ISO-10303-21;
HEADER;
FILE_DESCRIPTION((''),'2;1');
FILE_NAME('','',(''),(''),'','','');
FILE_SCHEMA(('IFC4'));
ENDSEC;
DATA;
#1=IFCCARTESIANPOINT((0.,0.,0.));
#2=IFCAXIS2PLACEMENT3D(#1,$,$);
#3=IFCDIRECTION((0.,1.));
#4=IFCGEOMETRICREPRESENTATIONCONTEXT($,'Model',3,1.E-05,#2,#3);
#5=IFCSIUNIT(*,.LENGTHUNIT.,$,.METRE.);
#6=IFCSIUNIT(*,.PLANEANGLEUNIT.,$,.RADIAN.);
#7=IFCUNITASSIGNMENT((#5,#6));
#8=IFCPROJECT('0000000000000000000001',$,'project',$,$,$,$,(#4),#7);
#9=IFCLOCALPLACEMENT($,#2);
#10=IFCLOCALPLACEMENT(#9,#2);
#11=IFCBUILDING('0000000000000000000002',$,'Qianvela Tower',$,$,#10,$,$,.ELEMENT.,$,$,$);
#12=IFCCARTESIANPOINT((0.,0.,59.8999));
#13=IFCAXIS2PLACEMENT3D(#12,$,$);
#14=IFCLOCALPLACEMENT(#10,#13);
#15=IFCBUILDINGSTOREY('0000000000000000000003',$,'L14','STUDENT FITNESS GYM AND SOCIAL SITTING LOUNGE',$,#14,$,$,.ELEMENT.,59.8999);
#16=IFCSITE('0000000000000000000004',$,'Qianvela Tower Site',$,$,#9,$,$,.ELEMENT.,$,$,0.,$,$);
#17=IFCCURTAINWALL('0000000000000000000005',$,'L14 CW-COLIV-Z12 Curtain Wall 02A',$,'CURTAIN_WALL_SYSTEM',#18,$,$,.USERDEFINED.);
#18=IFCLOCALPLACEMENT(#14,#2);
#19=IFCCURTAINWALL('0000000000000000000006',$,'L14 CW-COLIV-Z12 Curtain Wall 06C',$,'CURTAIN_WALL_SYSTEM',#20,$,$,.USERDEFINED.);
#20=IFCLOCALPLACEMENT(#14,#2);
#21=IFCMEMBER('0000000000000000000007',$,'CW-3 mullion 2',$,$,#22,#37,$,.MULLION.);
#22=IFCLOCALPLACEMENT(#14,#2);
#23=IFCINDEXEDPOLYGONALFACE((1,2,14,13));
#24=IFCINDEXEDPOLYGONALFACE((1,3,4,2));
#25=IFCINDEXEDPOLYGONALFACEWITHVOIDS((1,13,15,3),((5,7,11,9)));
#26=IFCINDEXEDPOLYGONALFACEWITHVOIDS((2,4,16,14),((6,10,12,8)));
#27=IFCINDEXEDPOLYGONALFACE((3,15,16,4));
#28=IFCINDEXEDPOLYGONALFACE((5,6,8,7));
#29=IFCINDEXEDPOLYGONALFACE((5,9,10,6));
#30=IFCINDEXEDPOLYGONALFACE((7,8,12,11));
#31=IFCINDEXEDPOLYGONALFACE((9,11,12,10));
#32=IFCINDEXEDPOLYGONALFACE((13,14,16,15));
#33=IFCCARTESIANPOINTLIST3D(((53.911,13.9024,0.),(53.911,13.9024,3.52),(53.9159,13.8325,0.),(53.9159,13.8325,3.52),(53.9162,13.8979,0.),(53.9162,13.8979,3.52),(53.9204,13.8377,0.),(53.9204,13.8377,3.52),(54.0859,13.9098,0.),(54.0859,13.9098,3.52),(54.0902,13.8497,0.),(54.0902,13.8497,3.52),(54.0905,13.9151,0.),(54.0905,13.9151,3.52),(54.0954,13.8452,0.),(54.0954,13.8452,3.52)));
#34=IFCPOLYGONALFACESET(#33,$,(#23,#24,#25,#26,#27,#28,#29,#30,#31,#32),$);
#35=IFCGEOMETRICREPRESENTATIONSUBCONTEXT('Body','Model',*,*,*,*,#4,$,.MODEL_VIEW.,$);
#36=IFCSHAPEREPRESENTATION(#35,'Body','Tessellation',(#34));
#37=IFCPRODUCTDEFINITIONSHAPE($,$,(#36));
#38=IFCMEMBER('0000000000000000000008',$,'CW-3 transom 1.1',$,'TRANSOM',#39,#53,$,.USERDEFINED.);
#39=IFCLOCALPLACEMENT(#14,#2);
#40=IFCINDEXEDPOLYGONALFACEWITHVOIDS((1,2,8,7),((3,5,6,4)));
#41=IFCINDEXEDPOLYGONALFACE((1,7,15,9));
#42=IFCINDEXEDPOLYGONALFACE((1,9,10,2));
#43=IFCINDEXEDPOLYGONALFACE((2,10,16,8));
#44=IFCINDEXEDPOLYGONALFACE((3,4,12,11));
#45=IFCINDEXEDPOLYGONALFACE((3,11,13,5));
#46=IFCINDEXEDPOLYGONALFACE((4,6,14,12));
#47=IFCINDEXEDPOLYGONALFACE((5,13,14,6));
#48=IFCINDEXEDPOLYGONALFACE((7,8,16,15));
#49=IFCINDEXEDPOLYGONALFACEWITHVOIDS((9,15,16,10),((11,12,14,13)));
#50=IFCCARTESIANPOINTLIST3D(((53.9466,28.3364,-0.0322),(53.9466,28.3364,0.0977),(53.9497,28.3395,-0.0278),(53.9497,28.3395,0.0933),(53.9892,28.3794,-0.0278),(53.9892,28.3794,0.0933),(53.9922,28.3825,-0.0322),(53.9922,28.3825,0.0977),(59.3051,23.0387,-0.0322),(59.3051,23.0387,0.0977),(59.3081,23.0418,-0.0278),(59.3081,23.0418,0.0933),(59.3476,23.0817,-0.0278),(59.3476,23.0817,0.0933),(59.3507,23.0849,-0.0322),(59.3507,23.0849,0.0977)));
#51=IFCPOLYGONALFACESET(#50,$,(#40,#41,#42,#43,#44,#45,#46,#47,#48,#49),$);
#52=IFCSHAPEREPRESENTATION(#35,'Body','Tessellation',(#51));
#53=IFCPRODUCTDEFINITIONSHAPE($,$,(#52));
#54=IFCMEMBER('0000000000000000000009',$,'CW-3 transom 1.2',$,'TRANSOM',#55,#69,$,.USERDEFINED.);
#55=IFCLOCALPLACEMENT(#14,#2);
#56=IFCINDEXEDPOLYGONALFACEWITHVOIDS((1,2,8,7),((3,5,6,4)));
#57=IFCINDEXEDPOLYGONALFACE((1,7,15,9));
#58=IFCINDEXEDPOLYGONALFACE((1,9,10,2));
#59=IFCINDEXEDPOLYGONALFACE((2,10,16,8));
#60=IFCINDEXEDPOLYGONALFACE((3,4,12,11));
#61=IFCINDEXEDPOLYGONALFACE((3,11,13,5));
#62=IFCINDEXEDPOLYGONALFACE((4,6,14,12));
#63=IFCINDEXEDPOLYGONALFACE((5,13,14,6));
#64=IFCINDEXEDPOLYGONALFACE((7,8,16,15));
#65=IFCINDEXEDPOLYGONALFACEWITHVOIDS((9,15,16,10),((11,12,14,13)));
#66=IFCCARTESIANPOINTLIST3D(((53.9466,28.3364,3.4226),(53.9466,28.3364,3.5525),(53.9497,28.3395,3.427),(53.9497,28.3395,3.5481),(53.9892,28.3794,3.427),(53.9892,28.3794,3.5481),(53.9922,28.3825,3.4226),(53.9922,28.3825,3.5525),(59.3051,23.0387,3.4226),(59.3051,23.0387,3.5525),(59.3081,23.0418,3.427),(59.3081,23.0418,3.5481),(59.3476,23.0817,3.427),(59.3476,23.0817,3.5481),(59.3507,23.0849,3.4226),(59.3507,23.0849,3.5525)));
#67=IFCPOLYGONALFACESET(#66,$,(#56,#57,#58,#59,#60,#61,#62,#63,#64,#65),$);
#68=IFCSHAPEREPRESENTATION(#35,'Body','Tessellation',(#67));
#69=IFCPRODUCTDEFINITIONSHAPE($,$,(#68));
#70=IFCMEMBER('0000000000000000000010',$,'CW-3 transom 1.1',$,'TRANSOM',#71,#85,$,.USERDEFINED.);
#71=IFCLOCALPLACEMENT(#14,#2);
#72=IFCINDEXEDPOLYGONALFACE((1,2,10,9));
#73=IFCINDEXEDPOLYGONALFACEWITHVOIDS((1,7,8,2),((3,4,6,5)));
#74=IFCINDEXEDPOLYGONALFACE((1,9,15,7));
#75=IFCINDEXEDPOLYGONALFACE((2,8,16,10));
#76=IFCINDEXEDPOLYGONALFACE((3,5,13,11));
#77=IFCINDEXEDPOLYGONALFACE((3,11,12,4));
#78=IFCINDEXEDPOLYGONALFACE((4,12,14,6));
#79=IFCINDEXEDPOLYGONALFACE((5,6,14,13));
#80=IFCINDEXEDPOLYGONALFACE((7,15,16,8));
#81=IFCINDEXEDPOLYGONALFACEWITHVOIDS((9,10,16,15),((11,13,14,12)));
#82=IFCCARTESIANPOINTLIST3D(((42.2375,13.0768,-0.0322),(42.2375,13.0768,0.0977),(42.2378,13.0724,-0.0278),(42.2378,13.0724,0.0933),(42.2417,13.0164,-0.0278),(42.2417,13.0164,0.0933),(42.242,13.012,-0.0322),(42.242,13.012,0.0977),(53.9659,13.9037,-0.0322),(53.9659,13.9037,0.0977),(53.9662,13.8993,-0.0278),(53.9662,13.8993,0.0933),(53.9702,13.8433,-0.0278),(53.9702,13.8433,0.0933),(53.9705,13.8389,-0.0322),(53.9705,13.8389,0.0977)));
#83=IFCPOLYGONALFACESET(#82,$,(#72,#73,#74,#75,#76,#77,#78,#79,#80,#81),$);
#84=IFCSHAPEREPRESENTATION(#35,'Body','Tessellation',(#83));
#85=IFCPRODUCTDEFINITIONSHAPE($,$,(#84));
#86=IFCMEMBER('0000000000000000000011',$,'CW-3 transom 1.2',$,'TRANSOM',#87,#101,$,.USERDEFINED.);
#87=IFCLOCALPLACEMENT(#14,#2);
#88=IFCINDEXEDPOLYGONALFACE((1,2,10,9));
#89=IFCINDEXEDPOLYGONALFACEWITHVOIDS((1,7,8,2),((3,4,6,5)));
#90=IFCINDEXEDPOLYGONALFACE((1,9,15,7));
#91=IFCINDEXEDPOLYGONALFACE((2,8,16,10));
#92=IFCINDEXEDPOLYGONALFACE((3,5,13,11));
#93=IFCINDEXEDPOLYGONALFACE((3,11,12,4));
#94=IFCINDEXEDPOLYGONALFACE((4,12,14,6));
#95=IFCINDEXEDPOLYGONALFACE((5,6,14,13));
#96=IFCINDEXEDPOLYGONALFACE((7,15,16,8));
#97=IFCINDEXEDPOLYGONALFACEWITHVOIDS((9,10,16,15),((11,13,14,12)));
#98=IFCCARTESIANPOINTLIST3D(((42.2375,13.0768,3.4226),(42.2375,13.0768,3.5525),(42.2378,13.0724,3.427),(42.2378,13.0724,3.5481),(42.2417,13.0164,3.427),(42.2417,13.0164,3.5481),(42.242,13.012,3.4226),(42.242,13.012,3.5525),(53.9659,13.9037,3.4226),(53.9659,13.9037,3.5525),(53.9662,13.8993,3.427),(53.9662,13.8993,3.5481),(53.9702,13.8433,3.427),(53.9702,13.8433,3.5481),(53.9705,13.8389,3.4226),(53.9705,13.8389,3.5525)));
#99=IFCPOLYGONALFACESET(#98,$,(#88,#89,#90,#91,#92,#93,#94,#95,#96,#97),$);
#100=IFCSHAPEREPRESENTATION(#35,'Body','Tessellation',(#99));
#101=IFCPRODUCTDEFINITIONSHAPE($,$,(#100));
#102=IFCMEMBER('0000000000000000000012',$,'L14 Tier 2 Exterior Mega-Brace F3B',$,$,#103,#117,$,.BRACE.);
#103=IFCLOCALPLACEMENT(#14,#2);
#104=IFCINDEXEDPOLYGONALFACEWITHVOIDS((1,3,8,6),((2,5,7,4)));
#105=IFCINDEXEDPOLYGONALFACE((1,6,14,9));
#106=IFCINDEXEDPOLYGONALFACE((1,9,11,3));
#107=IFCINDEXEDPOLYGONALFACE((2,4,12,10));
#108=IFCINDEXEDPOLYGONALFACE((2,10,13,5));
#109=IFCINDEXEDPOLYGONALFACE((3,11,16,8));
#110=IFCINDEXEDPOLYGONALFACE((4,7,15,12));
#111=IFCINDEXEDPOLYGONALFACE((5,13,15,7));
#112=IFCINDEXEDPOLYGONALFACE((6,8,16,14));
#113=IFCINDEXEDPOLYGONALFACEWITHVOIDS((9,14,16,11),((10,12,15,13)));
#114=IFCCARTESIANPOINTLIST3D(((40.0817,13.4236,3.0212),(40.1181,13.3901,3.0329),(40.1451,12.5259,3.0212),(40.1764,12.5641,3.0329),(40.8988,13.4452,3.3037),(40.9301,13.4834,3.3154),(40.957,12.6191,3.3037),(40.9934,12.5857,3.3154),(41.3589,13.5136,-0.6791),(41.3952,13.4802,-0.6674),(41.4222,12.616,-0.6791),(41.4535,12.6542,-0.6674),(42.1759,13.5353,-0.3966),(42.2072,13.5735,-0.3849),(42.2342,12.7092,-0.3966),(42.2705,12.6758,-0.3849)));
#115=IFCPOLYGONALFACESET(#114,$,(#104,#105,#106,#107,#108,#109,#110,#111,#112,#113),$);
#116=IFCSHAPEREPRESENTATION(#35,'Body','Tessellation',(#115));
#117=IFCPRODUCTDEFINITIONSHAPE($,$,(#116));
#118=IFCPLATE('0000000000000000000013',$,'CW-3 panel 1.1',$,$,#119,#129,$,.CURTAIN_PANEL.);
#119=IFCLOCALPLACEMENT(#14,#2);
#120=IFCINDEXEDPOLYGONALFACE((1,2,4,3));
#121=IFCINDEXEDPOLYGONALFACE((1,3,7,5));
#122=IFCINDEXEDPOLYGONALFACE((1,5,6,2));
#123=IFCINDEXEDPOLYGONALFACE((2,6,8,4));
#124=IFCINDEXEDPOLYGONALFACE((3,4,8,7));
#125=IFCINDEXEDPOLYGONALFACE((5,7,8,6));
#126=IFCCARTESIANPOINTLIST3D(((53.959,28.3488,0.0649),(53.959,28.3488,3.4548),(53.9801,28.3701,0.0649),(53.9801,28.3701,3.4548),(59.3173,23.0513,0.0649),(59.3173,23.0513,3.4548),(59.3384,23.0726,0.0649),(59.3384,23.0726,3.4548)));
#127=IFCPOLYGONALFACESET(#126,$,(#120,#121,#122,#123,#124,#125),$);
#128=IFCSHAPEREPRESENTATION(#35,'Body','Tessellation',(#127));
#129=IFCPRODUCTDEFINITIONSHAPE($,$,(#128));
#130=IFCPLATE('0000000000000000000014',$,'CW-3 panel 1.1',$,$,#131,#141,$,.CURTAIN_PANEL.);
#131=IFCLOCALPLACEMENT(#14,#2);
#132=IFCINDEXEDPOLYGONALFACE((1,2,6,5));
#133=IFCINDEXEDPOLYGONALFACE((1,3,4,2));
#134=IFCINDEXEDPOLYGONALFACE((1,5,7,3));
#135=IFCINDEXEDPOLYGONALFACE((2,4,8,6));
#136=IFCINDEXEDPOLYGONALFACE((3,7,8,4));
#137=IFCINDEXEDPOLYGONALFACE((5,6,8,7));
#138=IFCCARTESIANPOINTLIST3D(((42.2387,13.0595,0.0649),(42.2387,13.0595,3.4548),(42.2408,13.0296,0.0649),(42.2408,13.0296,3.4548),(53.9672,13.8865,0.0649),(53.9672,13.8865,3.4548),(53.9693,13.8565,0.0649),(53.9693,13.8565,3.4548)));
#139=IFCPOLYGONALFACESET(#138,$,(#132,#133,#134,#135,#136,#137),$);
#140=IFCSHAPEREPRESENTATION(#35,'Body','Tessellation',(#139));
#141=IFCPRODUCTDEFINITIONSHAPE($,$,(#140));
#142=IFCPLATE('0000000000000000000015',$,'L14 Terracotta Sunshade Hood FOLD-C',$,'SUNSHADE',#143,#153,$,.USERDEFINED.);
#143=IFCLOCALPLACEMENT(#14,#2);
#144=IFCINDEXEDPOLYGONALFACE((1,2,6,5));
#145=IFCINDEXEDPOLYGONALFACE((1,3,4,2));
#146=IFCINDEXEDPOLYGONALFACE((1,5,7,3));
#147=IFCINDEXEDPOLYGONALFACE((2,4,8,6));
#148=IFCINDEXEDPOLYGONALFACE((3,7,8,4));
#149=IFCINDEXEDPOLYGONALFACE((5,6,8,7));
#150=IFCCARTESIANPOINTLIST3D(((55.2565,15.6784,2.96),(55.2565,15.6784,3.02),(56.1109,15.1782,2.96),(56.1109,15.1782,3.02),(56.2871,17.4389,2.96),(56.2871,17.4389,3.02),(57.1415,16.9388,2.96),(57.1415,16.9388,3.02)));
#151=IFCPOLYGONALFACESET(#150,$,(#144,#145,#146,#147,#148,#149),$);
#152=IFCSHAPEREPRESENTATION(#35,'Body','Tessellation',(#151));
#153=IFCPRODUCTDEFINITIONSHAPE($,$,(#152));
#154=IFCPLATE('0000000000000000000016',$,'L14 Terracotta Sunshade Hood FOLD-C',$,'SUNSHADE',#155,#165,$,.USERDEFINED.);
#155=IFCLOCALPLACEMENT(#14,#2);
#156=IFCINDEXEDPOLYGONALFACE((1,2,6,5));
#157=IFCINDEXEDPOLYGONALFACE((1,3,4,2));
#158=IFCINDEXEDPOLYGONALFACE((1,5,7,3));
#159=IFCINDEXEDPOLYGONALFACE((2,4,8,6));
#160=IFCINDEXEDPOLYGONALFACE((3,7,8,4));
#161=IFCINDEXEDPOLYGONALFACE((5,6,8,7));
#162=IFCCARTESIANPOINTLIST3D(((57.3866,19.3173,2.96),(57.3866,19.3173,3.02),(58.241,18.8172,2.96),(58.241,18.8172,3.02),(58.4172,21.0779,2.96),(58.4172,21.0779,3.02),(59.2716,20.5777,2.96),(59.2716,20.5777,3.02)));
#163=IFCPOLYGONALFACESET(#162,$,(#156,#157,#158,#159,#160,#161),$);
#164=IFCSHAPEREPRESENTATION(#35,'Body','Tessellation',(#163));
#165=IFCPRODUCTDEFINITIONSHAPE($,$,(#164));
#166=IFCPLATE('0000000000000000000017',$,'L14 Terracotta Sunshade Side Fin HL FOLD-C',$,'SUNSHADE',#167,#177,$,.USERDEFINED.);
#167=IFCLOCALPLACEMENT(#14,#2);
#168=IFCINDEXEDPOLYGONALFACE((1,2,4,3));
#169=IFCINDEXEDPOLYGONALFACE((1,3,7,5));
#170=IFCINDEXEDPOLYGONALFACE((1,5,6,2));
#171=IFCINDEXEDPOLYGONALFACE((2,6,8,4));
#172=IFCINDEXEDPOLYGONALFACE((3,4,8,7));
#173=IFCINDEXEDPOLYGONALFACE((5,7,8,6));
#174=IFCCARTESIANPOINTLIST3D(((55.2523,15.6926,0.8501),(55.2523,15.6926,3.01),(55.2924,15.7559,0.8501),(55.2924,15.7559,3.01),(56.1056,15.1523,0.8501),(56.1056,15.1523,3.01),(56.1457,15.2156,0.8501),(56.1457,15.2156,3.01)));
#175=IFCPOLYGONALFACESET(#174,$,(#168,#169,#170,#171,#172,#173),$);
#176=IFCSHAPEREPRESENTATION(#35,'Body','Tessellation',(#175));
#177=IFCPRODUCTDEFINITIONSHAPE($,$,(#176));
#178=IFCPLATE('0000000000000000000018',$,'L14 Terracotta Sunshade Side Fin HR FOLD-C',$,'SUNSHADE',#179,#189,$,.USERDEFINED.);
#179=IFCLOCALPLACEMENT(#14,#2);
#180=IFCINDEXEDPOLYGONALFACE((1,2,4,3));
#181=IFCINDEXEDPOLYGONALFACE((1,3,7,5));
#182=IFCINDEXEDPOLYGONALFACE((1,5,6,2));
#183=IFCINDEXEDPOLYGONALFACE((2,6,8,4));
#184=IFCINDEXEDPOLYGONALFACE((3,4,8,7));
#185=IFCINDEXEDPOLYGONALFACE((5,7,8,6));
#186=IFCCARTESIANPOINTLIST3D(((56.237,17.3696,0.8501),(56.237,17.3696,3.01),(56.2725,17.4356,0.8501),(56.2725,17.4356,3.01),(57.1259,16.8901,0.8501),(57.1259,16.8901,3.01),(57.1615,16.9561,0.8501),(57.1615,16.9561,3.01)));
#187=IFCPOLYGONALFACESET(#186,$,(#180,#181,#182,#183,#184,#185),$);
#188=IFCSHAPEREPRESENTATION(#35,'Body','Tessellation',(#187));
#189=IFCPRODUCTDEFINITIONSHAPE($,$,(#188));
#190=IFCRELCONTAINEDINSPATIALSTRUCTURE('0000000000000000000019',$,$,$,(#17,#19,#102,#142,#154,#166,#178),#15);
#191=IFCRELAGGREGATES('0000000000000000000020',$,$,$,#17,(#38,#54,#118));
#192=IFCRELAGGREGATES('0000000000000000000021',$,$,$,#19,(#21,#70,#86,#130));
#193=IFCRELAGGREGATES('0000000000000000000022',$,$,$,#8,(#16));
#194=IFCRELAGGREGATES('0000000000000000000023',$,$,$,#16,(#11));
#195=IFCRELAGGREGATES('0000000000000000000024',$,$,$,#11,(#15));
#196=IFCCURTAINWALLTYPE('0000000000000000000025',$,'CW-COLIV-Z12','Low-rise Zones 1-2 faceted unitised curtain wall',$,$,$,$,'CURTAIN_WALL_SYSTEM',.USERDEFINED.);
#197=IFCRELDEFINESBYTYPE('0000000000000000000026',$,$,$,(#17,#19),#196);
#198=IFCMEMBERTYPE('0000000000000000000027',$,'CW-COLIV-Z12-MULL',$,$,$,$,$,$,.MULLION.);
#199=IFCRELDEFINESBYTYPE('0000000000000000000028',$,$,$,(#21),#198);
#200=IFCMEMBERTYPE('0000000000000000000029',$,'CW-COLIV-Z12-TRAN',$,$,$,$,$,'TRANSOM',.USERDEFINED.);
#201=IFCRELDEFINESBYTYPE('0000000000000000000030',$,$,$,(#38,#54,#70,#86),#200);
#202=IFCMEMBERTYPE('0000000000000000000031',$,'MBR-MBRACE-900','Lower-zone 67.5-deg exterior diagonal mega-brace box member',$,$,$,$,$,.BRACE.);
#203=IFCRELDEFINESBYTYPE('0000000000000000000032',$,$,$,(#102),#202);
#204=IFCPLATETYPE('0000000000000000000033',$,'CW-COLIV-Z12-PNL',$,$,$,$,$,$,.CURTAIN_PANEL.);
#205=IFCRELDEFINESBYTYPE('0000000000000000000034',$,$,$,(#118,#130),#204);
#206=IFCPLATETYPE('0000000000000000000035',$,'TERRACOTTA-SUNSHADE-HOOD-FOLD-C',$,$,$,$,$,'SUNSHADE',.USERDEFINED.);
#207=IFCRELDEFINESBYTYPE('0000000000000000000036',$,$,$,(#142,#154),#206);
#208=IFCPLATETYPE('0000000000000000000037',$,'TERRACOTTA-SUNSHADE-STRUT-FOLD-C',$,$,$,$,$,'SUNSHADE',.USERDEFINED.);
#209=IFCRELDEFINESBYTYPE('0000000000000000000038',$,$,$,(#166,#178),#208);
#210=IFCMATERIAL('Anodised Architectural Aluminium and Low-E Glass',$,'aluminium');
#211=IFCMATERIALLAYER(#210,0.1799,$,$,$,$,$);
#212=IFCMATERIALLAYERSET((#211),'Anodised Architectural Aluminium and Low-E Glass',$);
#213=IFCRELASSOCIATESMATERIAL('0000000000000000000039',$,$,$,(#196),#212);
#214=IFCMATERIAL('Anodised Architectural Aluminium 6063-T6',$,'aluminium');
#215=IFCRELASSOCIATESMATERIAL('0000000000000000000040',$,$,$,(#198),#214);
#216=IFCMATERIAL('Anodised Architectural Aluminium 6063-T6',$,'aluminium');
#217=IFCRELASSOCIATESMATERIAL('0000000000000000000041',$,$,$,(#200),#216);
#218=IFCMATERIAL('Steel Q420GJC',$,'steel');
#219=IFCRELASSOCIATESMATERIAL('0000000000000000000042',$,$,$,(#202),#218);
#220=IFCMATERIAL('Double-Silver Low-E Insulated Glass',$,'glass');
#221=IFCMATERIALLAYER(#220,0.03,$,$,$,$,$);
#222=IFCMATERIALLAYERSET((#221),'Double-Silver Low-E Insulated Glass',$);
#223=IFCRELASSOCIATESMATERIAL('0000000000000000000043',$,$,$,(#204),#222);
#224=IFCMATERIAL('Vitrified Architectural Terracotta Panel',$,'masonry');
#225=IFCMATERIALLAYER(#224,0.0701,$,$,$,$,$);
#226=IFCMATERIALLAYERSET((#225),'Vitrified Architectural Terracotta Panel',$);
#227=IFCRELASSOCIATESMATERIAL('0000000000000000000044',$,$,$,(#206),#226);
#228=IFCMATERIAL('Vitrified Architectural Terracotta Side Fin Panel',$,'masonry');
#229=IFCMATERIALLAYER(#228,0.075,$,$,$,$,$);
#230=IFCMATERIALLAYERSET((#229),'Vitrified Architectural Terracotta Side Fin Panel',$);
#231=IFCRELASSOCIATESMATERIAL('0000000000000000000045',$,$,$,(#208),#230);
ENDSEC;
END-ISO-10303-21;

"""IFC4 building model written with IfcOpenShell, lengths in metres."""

from ifc_helpers import new_model, si_unit, direction, frame, origin, origin_2d, place, context, subcontext, project, spatial, rectangle, hollow_rectangle, extrude, material, layer, layer_set, material_profile, profile_set, type_object, element, aggregate, save


model = new_model("IFC4")

# Units and contexts
model_context = context("Model", 3, precision=1e-05, world=origin(), true_north=direction((0.0, 1.0)))
body_context = subcontext(model_context, "Body", "Model", "MODEL_VIEW")
ifc_project = project(units=[si_unit("LENGTHUNIT", "METRE"), si_unit("PLANEANGLEUNIT", "RADIAN")], contexts=[model_context])

# Site, building, storey
site_placement = place(None, origin())
site = spatial("IfcSite", under=ifc_project, at=site_placement, Name="Qianvela Tower Site", CompositionType="ELEMENT", RefElevation=0.0)
building_placement = place(site_placement, origin())
building = spatial("IfcBuilding", under=site, at=building_placement, Name="Qianvela Tower", CompositionType="ELEMENT")
storey_placement = place(building_placement, frame((0.0, 0.0, 59.8999)))
storey = spatial("IfcBuildingStorey", under=building, at=storey_placement, Name="L14", Description="STUDENT FITNESS GYM AND SOCIAL SITTING LOUNGE", CompositionType="ELEMENT", Elevation=59.8999)

# Curtain wall
ifc_material_1 = material(Name="Anodised Architectural Aluminium and Low-E Glass", Category="aluminium")
ifc_layer_1 = layer(ifc_material_1, 0.1799)
ifc_layer_set_1 = layer_set([ifc_layer_1], Name="Anodised Architectural Aluminium and Low-E Glass")
curtain_wall_type_1 = type_object("IfcCurtainWallType", Name="CW-COLIV-Z12", Description="Low-rise Zones 1-2 faceted unitised curtain wall", ElementType="CURTAIN_WALL_SYSTEM", PredefinedType="USERDEFINED", material=ifc_layer_set_1)
curtain_wall_1_placement = place(storey_placement, origin())
curtain_wall_1 = element("IfcCurtainWall", 1, at=curtain_wall_1_placement, inside=storey, type_object=curtain_wall_type_1, Name="L14 CW-COLIV-Z12 Curtain Wall 02A", ObjectType="CURTAIN_WALL_SYSTEM", PredefinedType="USERDEFINED")
ifc_material_2 = material(Name="Anodised Architectural Aluminium 6063-T6", Category="aluminium")
ifc_material_profile_1 = material_profile(ifc_material_2, hollow_rectangle(XDim=0.0701, YDim=0.1799, WallThickness=0.0049, at=origin_2d()), Name="ALU-MULL-70x180")
ifc_profile_set_1 = profile_set([ifc_material_profile_1], Name="Anodised Architectural Aluminium 6063-T6")
member_type_1 = type_object("IfcMemberType", Name="CW-COLIV-Z12-MULL", PredefinedType="MULLION", material=ifc_profile_set_1)

# Curtain wall, member
curtain_wall_2_placement = place(storey_placement, origin())
curtain_wall_2 = element("IfcCurtainWall", 2, at=curtain_wall_2_placement, inside=storey, type_object=curtain_wall_type_1, Name="L14 CW-COLIV-Z12 Curtain Wall 06C", ObjectType="CURTAIN_WALL_SYSTEM", PredefinedType="USERDEFINED")
member_1_placement = place(storey_placement, frame((54.0032, 13.8738, 0.0), z_axis=(0.0, 0.0, 1.0), x_axis=(-0.070334, 0.997524, 0.0)))
member_1 = element("IfcMember", 3, at=member_1_placement, type_object=member_type_1, Name="CW-3 mullion 2", PredefinedType="MULLION", context=body_context, shape_type="SweptSolid", body=[
    extrude(hollow_rectangle(XDim=0.0701, YDim=0.1799, WallThickness=0.0049, at=origin_2d()), origin(), (0.0, 0.0, 1.0), 3.52),
])

# Members
ifc_material_3 = material(Name="Anodised Architectural Aluminium 6063-T6", Category="aluminium")
ifc_material_profile_2 = material_profile(ifc_material_3, hollow_rectangle(XDim=0.0649, YDim=0.1299, WallThickness=0.0044, at=origin_2d()), Name="ALU-TRAN-65x130")
ifc_profile_set_2 = profile_set([ifc_material_profile_2], Name="Anodised Architectural Aluminium 6063-T6")
member_type_2 = type_object("IfcMemberType", Name="CW-COLIV-Z12-TRAN", ElementType="TRANSOM", PredefinedType="USERDEFINED", material=ifc_profile_set_2)
member_2_placement = place(storey_placement, frame((59.3279, 23.0618, 0.0327), z_axis=(-0.711129, 0.703061, 0.0), x_axis=(-0.703061, -0.711129, 0.0)))
member_2 = element("IfcMember", 4, at=member_2_placement, type_object=member_type_2, Name="CW-3 transom 1.1", ObjectType="TRANSOM", PredefinedType="USERDEFINED", context=body_context, shape_type="SweptSolid", body=[
    extrude(hollow_rectangle(XDim=0.0649, YDim=0.1299, WallThickness=0.0044, at=origin_2d()), origin(), (0.0, 0.0, 1.0), 7.5352),
])
member_3_placement = place(storey_placement, frame((59.3279, 23.0618, 3.4875), z_axis=(-0.711129, 0.703061, 0.0), x_axis=(-0.703061, -0.711129, 0.0)))
member_3 = element("IfcMember", 5, at=member_3_placement, type_object=member_type_2, Name="CW-3 transom 1.2", ObjectType="TRANSOM", PredefinedType="USERDEFINED", context=body_context, shape_type="SweptSolid", body=[
    extrude(hollow_rectangle(XDim=0.0649, YDim=0.1299, WallThickness=0.0044, at=origin_2d()), origin(), (0.0, 0.0, 1.0), 7.5352),
])
member_4_placement = place(storey_placement, frame((42.2397, 13.0444, 0.0327), z_axis=(0.997524, 0.070329, 0.0), x_axis=(-0.070329, 0.997524, 0.0)))
member_4 = element("IfcMember", 6, at=member_4_placement, type_object=member_type_2, Name="CW-3 transom 1.1", ObjectType="TRANSOM", PredefinedType="USERDEFINED", context=body_context, shape_type="SweptSolid", body=[
    extrude(hollow_rectangle(XDim=0.0649, YDim=0.1299, WallThickness=0.0044, at=origin_2d()), origin(), (0.0, 0.0, 1.0), 11.7576),
])
member_5_placement = place(storey_placement, frame((42.2397, 13.0444, 3.4875), z_axis=(0.997524, 0.070329, 0.0), x_axis=(-0.070329, 0.997524, 0.0)))
member_5 = element("IfcMember", 7, at=member_5_placement, type_object=member_type_2, Name="CW-3 transom 1.2", ObjectType="TRANSOM", PredefinedType="USERDEFINED", context=body_context, shape_type="SweptSolid", body=[
    extrude(hollow_rectangle(XDim=0.0649, YDim=0.1299, WallThickness=0.0044, at=origin_2d()), origin(), (0.0, 0.0, 1.0), 11.7576),
])
ifc_material_4 = material(Name="Steel Q420GJC", Category="steel")
ifc_material_profile_3 = material_profile(ifc_material_4, hollow_rectangle(XDim=0.8999, YDim=0.8999, WallThickness=0.0359, at=origin_2d()), Name="MBOX-900x900x36")
ifc_profile_set_3 = profile_set([ifc_material_profile_3], Name="Steel Q420GJC")
member_type_3 = type_object("IfcMemberType", Name="MBR-MBRACE-900", Description="Lower-zone 67.5-deg exterior diagonal mega-brace box member", PredefinedType="BRACE", material=ifc_profile_set_3)
member_6_placement = place(storey_placement, frame((41.8147, 13.0947, -0.532), z_axis=(-0.326171, -0.023008, 0.945031), x_axis=(0.070366, -0.997521, 0.0)))
element("IfcMember", 8, at=member_6_placement, inside=storey, type_object=member_type_3, Name="L14 Tier 2 Exterior Mega-Brace F3B", PredefinedType="BRACE", context=body_context, shape_type="SweptSolid", body=[
    extrude(hollow_rectangle(XDim=0.8999, YDim=0.8999, WallThickness=0.0359, at=origin_2d()), origin(), (0.0, 0.0, 1.0), 3.9155),
])

# Plates
ifc_material_5 = material(Name="Double-Silver Low-E Insulated Glass", Category="glass")
ifc_layer_2 = layer(ifc_material_5, 0.03)
ifc_layer_set_2 = layer_set([ifc_layer_2], Name="Double-Silver Low-E Insulated Glass")
plate_type_1 = type_object("IfcPlateType", Name="CW-COLIV-Z12-PNL", PredefinedType="CURTAIN_PANEL", material=ifc_layer_set_2)
plate_1_placement = place(storey_placement, frame((56.6487, 25.7107, 0.0649), z_axis=(0.0, 0.0, 1.0), x_axis=(-0.71113, 0.703061, 0.0)))
plate_1 = element("IfcPlate", 9, at=plate_1_placement, type_object=plate_type_1, Name="CW-3 panel 1.1", PredefinedType="CURTAIN_PANEL", context=body_context, shape_type="SweptSolid", body=[
    extrude(rectangle(XDim=7.5349, YDim=0.03, at=origin_2d()), origin(), (0.0, 0.0, 1.0), 3.3899),
])
aggregate(curtain_wall_1, [member_2, member_3, plate_1])
plate_2_placement = place(storey_placement, frame((48.104, 13.458, 0.0649), z_axis=(0.0, 0.0, 1.0), x_axis=(0.997524, 0.070334, 0.0)))
plate_2 = element("IfcPlate", 10, at=plate_2_placement, type_object=plate_type_1, Name="CW-3 panel 1.1", PredefinedType="CURTAIN_PANEL", context=body_context, shape_type="SweptSolid", body=[
    extrude(rectangle(XDim=11.7576, YDim=0.03, at=origin_2d()), origin(), (0.0, 0.0, 1.0), 3.3899),
])
aggregate(curtain_wall_2, [member_1, member_4, member_5, plate_2])

# Plates
ifc_material_6 = material(Name="Vitrified Architectural Terracotta Panel", Category="masonry")
ifc_layer_3 = layer(ifc_material_6, 0.0701)
ifc_layer_set_3 = layer_set([ifc_layer_3], Name="Vitrified Architectural Terracotta Panel")
plate_type_2 = type_object("IfcPlateType", Name="TERRACOTTA-SUNSHADE-HOOD-FOLD-C", ElementType="SUNSHADE", PredefinedType="USERDEFINED", material=ifc_layer_set_3)
for number, where, z_axis, x_axis, name in (
    (11, (56.199, 16.3086, 2.96), (0.0, 0.0, 1.0), (0.505177, 0.863016, 0.0), "L14 Terracotta Sunshade Hood FOLD-C"),
    (12, (58.3291, 19.9475, 2.96), (0.0, 0.0, 1.0), (0.505177, 0.863016, 0.0), "L14 Terracotta Sunshade Hood FOLD-C"),
):
    element("IfcPlate", number, at=place(storey_placement, frame(where, z_axis=z_axis, x_axis=x_axis)), inside=storey, type_object=plate_type_2, Name=name, ObjectType="SUNSHADE", PredefinedType="USERDEFINED", context=body_context, shape_type="SweptSolid", body=[
        extrude(rectangle(XDim=2.04, YDim=0.99, at=origin_2d()), origin(), (0.0, 0.0, 1.0), 0.0601),
    ])
ifc_material_7 = material(Name="Vitrified Architectural Terracotta Side Fin Panel", Category="masonry")
ifc_layer_4 = layer(ifc_material_7, 0.075)
ifc_layer_set_4 = layer_set([ifc_layer_4], Name="Vitrified Architectural Terracotta Side Fin Panel")
plate_type_3 = type_object("IfcPlateType", Name="TERRACOTTA-SUNSHADE-STRUT-FOLD-C", ElementType="SUNSHADE", PredefinedType="USERDEFINED", material=ifc_layer_set_4)
for number, where, z_axis, x_axis, name in (
    (13, (55.699, 15.4541, 0.8501), (0.0, 0.0, 1.0), (0.534988, 0.84486, 0.0), "L14 Terracotta Sunshade Side Fin HL FOLD-C"),
    (14, (56.6992, 17.1628, 0.8501), (0.0, 0.0, 1.0), (0.47475, 0.88012, 0.0), "L14 Terracotta Sunshade Side Fin HR FOLD-C"),
):
    element("IfcPlate", number, at=place(storey_placement, frame(where, z_axis=z_axis, x_axis=x_axis)), inside=storey, type_object=plate_type_3, Name=name, ObjectType="SUNSHADE", PredefinedType="USERDEFINED", context=body_context, shape_type="SweptSolid", body=[
        extrude(rectangle(XDim=0.075, YDim=1.01, at=origin_2d()), origin(), (0.0, 0.0, 1.0), 2.1599),
    ])

save(model, "model.ifc")
